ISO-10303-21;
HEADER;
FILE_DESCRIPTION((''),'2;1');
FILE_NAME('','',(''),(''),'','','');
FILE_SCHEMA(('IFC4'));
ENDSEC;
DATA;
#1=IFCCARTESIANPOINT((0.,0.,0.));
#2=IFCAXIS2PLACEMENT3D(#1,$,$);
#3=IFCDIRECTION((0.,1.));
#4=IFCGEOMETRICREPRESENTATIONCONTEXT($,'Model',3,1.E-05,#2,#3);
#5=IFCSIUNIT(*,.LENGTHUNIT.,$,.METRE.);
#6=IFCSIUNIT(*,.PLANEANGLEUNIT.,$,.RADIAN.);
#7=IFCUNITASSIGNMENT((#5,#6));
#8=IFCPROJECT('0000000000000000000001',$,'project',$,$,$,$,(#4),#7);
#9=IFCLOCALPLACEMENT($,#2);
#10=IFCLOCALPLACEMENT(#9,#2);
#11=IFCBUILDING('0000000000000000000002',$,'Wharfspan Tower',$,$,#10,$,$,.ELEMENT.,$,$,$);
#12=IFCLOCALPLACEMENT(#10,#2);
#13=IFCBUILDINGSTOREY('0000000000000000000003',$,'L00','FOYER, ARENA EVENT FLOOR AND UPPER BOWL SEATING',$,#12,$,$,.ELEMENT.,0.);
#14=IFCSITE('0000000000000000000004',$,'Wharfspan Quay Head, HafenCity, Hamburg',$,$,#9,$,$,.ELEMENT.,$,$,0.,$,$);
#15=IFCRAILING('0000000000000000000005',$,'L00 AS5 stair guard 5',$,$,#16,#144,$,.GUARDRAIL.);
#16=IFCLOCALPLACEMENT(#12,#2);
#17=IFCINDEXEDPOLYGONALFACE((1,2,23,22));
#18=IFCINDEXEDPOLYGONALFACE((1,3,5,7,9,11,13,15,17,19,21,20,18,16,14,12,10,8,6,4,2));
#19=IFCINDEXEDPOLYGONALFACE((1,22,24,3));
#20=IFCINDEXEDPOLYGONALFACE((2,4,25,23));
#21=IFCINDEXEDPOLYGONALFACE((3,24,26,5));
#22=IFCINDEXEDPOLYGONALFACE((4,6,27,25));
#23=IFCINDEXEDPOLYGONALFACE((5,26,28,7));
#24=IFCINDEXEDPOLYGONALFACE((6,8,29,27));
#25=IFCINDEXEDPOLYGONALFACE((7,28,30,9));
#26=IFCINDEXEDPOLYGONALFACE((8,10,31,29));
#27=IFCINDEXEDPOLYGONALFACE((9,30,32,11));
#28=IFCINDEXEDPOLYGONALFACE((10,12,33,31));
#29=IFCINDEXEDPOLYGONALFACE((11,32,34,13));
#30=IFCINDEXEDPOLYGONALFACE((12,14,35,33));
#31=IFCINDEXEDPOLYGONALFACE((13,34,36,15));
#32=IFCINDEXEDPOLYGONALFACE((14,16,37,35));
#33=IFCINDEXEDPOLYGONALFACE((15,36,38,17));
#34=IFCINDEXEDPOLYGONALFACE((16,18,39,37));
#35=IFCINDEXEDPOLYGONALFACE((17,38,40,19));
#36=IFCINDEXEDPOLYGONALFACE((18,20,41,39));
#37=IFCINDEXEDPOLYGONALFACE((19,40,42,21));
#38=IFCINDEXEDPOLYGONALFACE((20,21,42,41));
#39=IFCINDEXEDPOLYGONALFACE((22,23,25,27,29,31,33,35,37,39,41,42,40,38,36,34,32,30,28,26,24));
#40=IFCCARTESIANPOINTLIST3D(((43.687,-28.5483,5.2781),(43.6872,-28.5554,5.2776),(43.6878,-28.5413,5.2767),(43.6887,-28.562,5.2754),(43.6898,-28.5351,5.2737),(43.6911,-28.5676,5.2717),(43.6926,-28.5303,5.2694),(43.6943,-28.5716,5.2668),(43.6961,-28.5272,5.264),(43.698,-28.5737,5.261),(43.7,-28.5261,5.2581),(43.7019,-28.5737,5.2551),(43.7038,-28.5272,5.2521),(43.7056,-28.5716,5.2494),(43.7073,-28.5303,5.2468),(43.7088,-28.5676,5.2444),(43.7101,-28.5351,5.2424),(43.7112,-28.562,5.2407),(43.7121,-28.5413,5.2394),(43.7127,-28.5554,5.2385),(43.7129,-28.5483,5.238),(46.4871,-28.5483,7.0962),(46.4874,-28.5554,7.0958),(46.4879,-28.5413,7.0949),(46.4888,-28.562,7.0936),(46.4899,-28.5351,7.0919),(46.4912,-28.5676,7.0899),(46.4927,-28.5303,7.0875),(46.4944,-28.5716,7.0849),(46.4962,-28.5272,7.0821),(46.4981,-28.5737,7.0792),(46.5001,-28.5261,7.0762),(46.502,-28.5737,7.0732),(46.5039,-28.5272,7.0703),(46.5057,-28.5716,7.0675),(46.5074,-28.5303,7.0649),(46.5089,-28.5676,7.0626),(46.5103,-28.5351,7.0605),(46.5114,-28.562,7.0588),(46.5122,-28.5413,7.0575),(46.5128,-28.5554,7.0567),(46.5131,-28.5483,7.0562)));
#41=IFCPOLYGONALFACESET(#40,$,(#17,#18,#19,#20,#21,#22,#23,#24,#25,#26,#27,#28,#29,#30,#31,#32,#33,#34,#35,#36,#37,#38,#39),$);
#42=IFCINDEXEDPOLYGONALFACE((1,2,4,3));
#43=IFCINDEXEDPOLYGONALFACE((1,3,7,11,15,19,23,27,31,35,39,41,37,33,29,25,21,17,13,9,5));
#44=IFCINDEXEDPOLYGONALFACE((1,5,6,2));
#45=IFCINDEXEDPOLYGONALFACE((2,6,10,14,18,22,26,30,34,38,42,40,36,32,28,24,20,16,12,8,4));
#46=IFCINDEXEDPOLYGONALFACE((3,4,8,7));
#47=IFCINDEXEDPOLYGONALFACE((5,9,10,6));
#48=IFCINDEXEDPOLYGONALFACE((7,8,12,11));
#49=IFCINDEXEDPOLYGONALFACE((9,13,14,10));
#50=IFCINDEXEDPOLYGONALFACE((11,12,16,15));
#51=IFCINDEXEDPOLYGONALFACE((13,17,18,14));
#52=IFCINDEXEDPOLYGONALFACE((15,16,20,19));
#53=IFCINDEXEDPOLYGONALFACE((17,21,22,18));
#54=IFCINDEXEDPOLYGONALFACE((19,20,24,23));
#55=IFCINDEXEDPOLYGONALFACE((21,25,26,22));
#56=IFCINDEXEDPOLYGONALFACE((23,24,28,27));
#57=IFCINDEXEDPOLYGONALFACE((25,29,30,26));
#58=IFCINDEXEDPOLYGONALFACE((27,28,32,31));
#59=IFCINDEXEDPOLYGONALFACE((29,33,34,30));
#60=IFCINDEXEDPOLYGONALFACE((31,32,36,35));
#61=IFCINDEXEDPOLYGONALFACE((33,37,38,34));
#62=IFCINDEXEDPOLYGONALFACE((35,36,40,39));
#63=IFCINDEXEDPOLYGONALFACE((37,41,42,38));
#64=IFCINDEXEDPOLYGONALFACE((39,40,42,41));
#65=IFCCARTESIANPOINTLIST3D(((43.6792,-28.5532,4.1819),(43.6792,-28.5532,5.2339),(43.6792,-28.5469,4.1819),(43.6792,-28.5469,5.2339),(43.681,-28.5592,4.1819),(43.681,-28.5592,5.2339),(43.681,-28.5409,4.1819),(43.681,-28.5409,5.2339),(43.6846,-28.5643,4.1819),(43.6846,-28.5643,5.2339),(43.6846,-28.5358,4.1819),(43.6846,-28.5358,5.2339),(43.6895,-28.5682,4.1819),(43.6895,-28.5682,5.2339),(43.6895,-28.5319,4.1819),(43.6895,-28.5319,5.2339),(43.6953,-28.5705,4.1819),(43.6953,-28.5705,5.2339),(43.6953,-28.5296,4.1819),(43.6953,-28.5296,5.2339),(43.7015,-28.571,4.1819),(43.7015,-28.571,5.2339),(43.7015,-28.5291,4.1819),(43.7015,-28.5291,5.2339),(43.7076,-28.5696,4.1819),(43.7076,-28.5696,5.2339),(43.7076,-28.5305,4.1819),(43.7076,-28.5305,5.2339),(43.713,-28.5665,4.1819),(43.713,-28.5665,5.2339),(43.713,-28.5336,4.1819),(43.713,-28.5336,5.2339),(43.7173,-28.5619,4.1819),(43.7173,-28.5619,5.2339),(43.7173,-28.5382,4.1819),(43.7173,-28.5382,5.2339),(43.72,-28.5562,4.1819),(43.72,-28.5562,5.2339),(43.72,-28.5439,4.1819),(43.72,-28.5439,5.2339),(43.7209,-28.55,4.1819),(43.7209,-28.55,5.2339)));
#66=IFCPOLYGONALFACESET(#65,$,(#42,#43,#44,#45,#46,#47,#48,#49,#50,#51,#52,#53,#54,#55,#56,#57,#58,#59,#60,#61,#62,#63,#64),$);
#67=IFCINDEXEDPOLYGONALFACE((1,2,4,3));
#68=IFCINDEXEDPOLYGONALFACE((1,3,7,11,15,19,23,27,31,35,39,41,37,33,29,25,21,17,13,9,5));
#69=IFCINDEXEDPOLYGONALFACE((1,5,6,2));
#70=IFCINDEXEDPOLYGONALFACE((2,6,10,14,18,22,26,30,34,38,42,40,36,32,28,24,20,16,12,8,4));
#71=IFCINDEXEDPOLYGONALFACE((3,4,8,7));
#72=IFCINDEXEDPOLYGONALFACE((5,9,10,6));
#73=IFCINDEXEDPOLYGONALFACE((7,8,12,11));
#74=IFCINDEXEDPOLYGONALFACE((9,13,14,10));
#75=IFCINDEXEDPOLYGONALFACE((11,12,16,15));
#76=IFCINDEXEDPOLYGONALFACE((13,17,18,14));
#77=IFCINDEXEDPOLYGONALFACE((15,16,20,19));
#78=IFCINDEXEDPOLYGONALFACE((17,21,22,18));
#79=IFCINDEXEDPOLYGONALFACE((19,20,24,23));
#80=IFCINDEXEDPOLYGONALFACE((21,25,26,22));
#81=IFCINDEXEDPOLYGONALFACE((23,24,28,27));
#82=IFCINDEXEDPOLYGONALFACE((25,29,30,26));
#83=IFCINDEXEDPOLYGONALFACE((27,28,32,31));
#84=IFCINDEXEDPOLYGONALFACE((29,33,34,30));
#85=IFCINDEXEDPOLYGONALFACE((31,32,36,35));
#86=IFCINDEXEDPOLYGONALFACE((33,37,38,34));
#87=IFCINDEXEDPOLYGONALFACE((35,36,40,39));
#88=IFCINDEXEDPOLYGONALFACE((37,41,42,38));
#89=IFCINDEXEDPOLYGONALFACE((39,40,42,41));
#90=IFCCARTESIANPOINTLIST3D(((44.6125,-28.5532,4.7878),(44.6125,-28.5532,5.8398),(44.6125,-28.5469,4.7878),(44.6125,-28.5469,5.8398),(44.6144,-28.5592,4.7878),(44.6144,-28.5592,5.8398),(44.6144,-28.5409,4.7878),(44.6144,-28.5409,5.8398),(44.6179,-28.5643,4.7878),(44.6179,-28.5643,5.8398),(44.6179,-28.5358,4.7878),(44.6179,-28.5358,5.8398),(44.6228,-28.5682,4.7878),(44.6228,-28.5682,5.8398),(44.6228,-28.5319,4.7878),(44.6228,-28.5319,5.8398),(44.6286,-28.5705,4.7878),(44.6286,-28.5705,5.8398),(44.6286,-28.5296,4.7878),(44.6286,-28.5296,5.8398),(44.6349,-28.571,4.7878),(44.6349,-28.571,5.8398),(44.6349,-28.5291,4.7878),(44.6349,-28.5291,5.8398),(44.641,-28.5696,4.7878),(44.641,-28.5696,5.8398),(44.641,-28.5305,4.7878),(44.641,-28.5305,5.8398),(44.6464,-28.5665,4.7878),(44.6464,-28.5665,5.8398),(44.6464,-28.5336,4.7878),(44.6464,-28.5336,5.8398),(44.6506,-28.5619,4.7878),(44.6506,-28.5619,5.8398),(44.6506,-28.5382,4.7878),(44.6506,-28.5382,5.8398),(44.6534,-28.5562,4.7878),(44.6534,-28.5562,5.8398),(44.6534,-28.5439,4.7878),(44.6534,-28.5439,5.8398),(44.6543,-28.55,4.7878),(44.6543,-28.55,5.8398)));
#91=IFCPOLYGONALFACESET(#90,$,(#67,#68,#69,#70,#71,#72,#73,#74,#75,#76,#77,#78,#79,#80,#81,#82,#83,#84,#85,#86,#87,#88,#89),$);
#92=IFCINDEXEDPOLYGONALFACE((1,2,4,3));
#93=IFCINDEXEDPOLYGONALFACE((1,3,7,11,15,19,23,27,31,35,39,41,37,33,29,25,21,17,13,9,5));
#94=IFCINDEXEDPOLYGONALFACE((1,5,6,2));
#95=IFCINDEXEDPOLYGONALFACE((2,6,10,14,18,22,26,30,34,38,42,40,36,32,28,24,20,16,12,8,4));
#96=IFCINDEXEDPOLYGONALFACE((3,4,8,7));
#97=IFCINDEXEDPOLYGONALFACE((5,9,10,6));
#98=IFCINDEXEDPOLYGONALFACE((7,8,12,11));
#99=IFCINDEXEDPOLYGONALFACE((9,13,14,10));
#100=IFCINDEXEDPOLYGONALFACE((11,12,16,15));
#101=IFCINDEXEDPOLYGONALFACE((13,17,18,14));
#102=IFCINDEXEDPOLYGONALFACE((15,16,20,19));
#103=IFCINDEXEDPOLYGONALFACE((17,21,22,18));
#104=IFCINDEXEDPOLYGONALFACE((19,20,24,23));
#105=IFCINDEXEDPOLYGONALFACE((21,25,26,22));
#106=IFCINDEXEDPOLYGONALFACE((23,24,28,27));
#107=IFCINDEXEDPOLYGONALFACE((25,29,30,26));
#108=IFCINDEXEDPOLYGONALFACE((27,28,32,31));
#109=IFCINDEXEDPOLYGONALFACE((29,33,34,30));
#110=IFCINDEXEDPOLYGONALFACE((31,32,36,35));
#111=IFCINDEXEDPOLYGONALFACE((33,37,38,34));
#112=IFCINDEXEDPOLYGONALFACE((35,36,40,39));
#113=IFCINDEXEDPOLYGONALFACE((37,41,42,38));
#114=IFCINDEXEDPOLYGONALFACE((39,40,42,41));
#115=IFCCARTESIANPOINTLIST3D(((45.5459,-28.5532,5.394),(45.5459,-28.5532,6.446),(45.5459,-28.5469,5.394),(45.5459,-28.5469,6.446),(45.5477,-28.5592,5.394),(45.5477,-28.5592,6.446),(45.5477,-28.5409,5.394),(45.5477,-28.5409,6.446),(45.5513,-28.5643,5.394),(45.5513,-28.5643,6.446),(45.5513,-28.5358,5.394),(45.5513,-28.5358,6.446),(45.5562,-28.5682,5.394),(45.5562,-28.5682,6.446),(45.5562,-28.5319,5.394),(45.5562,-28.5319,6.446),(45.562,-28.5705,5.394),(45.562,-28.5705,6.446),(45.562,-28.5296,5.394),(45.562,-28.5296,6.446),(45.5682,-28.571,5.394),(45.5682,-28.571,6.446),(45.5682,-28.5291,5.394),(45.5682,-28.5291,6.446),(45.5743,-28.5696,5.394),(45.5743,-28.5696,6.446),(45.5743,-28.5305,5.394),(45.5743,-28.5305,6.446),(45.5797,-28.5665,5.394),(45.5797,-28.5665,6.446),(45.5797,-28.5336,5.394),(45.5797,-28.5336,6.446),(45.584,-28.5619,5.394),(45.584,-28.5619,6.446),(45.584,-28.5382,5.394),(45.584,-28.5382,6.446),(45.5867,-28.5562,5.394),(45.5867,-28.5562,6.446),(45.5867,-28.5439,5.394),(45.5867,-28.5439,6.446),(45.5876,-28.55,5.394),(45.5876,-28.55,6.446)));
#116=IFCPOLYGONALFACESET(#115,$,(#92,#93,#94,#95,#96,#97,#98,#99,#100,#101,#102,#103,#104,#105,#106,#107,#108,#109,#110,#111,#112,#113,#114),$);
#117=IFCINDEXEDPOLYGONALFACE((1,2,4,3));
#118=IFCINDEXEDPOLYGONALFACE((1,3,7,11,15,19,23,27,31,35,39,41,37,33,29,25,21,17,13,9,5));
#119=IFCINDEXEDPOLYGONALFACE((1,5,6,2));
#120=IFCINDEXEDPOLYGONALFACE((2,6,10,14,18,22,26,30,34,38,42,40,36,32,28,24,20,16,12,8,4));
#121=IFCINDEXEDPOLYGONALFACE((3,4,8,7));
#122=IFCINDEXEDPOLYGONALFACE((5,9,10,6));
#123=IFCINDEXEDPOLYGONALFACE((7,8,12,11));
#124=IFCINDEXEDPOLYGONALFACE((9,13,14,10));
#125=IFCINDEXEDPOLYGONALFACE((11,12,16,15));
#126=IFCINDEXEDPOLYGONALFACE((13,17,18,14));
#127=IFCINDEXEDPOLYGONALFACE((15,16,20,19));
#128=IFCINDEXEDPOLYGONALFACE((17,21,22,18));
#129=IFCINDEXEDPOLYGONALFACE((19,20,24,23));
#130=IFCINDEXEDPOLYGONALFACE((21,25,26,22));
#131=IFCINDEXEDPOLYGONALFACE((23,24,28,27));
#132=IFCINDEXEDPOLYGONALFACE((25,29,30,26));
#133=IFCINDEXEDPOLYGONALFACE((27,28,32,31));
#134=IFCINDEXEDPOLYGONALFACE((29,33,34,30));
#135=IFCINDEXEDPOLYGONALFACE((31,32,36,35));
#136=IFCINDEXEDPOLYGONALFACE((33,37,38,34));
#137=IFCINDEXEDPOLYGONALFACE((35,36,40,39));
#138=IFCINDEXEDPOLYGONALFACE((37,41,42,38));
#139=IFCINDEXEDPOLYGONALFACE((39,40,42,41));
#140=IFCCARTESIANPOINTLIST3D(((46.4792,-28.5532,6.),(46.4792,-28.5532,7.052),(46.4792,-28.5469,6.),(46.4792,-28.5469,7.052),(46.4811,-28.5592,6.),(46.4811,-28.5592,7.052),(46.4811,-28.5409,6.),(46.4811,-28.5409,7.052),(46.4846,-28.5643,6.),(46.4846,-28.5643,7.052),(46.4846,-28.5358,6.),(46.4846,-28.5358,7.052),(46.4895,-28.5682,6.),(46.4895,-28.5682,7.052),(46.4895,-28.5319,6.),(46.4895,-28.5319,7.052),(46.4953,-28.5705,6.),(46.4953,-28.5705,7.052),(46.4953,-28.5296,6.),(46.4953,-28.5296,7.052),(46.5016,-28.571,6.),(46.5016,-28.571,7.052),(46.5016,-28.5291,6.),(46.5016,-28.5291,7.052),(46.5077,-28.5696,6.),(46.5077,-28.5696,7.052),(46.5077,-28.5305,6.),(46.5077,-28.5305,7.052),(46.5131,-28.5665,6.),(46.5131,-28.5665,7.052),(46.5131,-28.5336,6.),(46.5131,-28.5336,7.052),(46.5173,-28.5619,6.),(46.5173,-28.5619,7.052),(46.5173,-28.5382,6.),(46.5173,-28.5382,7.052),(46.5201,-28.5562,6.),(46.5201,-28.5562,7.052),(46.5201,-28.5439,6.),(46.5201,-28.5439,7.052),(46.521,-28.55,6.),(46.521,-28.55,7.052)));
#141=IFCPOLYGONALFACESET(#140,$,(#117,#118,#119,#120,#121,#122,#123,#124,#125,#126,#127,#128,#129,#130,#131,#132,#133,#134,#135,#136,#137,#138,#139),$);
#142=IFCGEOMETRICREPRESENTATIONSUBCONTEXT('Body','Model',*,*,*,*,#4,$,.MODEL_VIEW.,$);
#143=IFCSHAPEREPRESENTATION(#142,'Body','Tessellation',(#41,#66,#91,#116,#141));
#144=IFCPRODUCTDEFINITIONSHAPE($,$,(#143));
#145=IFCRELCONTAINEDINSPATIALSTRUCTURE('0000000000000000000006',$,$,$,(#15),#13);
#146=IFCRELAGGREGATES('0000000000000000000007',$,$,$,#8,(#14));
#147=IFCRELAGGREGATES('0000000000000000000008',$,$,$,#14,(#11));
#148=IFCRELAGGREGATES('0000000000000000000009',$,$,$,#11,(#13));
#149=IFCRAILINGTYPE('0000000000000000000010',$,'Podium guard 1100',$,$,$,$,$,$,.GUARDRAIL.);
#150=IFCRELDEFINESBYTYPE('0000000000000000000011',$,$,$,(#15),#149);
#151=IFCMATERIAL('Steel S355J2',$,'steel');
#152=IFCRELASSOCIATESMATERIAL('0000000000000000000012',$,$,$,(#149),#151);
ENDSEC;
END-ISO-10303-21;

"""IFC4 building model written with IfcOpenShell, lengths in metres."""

from ifc_helpers import new_model, si_unit, direction, frame, origin, origin_2d, place, context, subcontext, project, spatial, circle, extrude, material, type_object, element, save


model = new_model("IFC4")

# Units and contexts
model_context = context("Model", 3, precision=1e-05, world=origin(), true_north=direction((0.0, 1.0)))
body_context = subcontext(model_context, "Body", "Model", "MODEL_VIEW")
ifc_project = project(units=[si_unit("LENGTHUNIT", "METRE"), si_unit("PLANEANGLEUNIT", "RADIAN")], contexts=[model_context])

# Site, building, storey
site_placement = place(None, origin())
site = spatial("IfcSite", under=ifc_project, at=site_placement, Name="Wharfspan Quay Head, HafenCity, Hamburg", CompositionType="ELEMENT", RefElevation=0.0)
building_placement = place(site_placement, origin())
building = spatial("IfcBuilding", under=site, at=building_placement, Name="Wharfspan Tower", CompositionType="ELEMENT")
storey_placement = place(building_placement, origin())
storey = spatial("IfcBuildingStorey", under=building, at=storey_placement, Name="L00", Description="FOYER, ARENA EVENT FLOOR AND UPPER BOWL SEATING", CompositionType="ELEMENT", Elevation=0.0)

# Railing
ifc_material_1 = material(Name="Steel S355J2", Category="steel")
railing_type_1 = type_object("IfcRailingType", Name="Podium guard 1100", PredefinedType="GUARDRAIL", material=ifc_material_1)
railing_1_placement = place(storey_placement, frame((43.7, -28.55, 4.1819)))
element("IfcRailing", 1, at=railing_1_placement, inside=storey, type_object=railing_type_1, Name="L00 AS5 stair guard 5", PredefinedType="GUARDRAIL", context=body_context, shape_type="SweptSolid", body=[
    extrude(circle(Radius=0.0239, at=origin_2d()), frame((0.0, 0.0, 1.0762), z_axis=(0.838706, 0.0, 0.544585), x_axis=(0.0, 1.0, 0.0)), (0.0, 0.0, 1.0), 3.3386),
    extrude(circle(Radius=0.021, at=origin_2d()), origin(), (0.0, 0.0, 1.0), 1.052),
    extrude(circle(Radius=0.021, at=origin_2d()), frame((0.9334, 0.0, 0.606)), (0.0, 0.0, 1.0), 1.052),
    extrude(circle(Radius=0.021, at=origin_2d()), frame((1.8667, 0.0, 1.2122)), (0.0, 0.0, 1.0), 1.052),
    extrude(circle(Radius=0.021, at=origin_2d()), frame((2.8, 0.0, 1.8181)), (0.0, 0.0, 1.0), 1.052),
])

save(model, "model.ifc")
